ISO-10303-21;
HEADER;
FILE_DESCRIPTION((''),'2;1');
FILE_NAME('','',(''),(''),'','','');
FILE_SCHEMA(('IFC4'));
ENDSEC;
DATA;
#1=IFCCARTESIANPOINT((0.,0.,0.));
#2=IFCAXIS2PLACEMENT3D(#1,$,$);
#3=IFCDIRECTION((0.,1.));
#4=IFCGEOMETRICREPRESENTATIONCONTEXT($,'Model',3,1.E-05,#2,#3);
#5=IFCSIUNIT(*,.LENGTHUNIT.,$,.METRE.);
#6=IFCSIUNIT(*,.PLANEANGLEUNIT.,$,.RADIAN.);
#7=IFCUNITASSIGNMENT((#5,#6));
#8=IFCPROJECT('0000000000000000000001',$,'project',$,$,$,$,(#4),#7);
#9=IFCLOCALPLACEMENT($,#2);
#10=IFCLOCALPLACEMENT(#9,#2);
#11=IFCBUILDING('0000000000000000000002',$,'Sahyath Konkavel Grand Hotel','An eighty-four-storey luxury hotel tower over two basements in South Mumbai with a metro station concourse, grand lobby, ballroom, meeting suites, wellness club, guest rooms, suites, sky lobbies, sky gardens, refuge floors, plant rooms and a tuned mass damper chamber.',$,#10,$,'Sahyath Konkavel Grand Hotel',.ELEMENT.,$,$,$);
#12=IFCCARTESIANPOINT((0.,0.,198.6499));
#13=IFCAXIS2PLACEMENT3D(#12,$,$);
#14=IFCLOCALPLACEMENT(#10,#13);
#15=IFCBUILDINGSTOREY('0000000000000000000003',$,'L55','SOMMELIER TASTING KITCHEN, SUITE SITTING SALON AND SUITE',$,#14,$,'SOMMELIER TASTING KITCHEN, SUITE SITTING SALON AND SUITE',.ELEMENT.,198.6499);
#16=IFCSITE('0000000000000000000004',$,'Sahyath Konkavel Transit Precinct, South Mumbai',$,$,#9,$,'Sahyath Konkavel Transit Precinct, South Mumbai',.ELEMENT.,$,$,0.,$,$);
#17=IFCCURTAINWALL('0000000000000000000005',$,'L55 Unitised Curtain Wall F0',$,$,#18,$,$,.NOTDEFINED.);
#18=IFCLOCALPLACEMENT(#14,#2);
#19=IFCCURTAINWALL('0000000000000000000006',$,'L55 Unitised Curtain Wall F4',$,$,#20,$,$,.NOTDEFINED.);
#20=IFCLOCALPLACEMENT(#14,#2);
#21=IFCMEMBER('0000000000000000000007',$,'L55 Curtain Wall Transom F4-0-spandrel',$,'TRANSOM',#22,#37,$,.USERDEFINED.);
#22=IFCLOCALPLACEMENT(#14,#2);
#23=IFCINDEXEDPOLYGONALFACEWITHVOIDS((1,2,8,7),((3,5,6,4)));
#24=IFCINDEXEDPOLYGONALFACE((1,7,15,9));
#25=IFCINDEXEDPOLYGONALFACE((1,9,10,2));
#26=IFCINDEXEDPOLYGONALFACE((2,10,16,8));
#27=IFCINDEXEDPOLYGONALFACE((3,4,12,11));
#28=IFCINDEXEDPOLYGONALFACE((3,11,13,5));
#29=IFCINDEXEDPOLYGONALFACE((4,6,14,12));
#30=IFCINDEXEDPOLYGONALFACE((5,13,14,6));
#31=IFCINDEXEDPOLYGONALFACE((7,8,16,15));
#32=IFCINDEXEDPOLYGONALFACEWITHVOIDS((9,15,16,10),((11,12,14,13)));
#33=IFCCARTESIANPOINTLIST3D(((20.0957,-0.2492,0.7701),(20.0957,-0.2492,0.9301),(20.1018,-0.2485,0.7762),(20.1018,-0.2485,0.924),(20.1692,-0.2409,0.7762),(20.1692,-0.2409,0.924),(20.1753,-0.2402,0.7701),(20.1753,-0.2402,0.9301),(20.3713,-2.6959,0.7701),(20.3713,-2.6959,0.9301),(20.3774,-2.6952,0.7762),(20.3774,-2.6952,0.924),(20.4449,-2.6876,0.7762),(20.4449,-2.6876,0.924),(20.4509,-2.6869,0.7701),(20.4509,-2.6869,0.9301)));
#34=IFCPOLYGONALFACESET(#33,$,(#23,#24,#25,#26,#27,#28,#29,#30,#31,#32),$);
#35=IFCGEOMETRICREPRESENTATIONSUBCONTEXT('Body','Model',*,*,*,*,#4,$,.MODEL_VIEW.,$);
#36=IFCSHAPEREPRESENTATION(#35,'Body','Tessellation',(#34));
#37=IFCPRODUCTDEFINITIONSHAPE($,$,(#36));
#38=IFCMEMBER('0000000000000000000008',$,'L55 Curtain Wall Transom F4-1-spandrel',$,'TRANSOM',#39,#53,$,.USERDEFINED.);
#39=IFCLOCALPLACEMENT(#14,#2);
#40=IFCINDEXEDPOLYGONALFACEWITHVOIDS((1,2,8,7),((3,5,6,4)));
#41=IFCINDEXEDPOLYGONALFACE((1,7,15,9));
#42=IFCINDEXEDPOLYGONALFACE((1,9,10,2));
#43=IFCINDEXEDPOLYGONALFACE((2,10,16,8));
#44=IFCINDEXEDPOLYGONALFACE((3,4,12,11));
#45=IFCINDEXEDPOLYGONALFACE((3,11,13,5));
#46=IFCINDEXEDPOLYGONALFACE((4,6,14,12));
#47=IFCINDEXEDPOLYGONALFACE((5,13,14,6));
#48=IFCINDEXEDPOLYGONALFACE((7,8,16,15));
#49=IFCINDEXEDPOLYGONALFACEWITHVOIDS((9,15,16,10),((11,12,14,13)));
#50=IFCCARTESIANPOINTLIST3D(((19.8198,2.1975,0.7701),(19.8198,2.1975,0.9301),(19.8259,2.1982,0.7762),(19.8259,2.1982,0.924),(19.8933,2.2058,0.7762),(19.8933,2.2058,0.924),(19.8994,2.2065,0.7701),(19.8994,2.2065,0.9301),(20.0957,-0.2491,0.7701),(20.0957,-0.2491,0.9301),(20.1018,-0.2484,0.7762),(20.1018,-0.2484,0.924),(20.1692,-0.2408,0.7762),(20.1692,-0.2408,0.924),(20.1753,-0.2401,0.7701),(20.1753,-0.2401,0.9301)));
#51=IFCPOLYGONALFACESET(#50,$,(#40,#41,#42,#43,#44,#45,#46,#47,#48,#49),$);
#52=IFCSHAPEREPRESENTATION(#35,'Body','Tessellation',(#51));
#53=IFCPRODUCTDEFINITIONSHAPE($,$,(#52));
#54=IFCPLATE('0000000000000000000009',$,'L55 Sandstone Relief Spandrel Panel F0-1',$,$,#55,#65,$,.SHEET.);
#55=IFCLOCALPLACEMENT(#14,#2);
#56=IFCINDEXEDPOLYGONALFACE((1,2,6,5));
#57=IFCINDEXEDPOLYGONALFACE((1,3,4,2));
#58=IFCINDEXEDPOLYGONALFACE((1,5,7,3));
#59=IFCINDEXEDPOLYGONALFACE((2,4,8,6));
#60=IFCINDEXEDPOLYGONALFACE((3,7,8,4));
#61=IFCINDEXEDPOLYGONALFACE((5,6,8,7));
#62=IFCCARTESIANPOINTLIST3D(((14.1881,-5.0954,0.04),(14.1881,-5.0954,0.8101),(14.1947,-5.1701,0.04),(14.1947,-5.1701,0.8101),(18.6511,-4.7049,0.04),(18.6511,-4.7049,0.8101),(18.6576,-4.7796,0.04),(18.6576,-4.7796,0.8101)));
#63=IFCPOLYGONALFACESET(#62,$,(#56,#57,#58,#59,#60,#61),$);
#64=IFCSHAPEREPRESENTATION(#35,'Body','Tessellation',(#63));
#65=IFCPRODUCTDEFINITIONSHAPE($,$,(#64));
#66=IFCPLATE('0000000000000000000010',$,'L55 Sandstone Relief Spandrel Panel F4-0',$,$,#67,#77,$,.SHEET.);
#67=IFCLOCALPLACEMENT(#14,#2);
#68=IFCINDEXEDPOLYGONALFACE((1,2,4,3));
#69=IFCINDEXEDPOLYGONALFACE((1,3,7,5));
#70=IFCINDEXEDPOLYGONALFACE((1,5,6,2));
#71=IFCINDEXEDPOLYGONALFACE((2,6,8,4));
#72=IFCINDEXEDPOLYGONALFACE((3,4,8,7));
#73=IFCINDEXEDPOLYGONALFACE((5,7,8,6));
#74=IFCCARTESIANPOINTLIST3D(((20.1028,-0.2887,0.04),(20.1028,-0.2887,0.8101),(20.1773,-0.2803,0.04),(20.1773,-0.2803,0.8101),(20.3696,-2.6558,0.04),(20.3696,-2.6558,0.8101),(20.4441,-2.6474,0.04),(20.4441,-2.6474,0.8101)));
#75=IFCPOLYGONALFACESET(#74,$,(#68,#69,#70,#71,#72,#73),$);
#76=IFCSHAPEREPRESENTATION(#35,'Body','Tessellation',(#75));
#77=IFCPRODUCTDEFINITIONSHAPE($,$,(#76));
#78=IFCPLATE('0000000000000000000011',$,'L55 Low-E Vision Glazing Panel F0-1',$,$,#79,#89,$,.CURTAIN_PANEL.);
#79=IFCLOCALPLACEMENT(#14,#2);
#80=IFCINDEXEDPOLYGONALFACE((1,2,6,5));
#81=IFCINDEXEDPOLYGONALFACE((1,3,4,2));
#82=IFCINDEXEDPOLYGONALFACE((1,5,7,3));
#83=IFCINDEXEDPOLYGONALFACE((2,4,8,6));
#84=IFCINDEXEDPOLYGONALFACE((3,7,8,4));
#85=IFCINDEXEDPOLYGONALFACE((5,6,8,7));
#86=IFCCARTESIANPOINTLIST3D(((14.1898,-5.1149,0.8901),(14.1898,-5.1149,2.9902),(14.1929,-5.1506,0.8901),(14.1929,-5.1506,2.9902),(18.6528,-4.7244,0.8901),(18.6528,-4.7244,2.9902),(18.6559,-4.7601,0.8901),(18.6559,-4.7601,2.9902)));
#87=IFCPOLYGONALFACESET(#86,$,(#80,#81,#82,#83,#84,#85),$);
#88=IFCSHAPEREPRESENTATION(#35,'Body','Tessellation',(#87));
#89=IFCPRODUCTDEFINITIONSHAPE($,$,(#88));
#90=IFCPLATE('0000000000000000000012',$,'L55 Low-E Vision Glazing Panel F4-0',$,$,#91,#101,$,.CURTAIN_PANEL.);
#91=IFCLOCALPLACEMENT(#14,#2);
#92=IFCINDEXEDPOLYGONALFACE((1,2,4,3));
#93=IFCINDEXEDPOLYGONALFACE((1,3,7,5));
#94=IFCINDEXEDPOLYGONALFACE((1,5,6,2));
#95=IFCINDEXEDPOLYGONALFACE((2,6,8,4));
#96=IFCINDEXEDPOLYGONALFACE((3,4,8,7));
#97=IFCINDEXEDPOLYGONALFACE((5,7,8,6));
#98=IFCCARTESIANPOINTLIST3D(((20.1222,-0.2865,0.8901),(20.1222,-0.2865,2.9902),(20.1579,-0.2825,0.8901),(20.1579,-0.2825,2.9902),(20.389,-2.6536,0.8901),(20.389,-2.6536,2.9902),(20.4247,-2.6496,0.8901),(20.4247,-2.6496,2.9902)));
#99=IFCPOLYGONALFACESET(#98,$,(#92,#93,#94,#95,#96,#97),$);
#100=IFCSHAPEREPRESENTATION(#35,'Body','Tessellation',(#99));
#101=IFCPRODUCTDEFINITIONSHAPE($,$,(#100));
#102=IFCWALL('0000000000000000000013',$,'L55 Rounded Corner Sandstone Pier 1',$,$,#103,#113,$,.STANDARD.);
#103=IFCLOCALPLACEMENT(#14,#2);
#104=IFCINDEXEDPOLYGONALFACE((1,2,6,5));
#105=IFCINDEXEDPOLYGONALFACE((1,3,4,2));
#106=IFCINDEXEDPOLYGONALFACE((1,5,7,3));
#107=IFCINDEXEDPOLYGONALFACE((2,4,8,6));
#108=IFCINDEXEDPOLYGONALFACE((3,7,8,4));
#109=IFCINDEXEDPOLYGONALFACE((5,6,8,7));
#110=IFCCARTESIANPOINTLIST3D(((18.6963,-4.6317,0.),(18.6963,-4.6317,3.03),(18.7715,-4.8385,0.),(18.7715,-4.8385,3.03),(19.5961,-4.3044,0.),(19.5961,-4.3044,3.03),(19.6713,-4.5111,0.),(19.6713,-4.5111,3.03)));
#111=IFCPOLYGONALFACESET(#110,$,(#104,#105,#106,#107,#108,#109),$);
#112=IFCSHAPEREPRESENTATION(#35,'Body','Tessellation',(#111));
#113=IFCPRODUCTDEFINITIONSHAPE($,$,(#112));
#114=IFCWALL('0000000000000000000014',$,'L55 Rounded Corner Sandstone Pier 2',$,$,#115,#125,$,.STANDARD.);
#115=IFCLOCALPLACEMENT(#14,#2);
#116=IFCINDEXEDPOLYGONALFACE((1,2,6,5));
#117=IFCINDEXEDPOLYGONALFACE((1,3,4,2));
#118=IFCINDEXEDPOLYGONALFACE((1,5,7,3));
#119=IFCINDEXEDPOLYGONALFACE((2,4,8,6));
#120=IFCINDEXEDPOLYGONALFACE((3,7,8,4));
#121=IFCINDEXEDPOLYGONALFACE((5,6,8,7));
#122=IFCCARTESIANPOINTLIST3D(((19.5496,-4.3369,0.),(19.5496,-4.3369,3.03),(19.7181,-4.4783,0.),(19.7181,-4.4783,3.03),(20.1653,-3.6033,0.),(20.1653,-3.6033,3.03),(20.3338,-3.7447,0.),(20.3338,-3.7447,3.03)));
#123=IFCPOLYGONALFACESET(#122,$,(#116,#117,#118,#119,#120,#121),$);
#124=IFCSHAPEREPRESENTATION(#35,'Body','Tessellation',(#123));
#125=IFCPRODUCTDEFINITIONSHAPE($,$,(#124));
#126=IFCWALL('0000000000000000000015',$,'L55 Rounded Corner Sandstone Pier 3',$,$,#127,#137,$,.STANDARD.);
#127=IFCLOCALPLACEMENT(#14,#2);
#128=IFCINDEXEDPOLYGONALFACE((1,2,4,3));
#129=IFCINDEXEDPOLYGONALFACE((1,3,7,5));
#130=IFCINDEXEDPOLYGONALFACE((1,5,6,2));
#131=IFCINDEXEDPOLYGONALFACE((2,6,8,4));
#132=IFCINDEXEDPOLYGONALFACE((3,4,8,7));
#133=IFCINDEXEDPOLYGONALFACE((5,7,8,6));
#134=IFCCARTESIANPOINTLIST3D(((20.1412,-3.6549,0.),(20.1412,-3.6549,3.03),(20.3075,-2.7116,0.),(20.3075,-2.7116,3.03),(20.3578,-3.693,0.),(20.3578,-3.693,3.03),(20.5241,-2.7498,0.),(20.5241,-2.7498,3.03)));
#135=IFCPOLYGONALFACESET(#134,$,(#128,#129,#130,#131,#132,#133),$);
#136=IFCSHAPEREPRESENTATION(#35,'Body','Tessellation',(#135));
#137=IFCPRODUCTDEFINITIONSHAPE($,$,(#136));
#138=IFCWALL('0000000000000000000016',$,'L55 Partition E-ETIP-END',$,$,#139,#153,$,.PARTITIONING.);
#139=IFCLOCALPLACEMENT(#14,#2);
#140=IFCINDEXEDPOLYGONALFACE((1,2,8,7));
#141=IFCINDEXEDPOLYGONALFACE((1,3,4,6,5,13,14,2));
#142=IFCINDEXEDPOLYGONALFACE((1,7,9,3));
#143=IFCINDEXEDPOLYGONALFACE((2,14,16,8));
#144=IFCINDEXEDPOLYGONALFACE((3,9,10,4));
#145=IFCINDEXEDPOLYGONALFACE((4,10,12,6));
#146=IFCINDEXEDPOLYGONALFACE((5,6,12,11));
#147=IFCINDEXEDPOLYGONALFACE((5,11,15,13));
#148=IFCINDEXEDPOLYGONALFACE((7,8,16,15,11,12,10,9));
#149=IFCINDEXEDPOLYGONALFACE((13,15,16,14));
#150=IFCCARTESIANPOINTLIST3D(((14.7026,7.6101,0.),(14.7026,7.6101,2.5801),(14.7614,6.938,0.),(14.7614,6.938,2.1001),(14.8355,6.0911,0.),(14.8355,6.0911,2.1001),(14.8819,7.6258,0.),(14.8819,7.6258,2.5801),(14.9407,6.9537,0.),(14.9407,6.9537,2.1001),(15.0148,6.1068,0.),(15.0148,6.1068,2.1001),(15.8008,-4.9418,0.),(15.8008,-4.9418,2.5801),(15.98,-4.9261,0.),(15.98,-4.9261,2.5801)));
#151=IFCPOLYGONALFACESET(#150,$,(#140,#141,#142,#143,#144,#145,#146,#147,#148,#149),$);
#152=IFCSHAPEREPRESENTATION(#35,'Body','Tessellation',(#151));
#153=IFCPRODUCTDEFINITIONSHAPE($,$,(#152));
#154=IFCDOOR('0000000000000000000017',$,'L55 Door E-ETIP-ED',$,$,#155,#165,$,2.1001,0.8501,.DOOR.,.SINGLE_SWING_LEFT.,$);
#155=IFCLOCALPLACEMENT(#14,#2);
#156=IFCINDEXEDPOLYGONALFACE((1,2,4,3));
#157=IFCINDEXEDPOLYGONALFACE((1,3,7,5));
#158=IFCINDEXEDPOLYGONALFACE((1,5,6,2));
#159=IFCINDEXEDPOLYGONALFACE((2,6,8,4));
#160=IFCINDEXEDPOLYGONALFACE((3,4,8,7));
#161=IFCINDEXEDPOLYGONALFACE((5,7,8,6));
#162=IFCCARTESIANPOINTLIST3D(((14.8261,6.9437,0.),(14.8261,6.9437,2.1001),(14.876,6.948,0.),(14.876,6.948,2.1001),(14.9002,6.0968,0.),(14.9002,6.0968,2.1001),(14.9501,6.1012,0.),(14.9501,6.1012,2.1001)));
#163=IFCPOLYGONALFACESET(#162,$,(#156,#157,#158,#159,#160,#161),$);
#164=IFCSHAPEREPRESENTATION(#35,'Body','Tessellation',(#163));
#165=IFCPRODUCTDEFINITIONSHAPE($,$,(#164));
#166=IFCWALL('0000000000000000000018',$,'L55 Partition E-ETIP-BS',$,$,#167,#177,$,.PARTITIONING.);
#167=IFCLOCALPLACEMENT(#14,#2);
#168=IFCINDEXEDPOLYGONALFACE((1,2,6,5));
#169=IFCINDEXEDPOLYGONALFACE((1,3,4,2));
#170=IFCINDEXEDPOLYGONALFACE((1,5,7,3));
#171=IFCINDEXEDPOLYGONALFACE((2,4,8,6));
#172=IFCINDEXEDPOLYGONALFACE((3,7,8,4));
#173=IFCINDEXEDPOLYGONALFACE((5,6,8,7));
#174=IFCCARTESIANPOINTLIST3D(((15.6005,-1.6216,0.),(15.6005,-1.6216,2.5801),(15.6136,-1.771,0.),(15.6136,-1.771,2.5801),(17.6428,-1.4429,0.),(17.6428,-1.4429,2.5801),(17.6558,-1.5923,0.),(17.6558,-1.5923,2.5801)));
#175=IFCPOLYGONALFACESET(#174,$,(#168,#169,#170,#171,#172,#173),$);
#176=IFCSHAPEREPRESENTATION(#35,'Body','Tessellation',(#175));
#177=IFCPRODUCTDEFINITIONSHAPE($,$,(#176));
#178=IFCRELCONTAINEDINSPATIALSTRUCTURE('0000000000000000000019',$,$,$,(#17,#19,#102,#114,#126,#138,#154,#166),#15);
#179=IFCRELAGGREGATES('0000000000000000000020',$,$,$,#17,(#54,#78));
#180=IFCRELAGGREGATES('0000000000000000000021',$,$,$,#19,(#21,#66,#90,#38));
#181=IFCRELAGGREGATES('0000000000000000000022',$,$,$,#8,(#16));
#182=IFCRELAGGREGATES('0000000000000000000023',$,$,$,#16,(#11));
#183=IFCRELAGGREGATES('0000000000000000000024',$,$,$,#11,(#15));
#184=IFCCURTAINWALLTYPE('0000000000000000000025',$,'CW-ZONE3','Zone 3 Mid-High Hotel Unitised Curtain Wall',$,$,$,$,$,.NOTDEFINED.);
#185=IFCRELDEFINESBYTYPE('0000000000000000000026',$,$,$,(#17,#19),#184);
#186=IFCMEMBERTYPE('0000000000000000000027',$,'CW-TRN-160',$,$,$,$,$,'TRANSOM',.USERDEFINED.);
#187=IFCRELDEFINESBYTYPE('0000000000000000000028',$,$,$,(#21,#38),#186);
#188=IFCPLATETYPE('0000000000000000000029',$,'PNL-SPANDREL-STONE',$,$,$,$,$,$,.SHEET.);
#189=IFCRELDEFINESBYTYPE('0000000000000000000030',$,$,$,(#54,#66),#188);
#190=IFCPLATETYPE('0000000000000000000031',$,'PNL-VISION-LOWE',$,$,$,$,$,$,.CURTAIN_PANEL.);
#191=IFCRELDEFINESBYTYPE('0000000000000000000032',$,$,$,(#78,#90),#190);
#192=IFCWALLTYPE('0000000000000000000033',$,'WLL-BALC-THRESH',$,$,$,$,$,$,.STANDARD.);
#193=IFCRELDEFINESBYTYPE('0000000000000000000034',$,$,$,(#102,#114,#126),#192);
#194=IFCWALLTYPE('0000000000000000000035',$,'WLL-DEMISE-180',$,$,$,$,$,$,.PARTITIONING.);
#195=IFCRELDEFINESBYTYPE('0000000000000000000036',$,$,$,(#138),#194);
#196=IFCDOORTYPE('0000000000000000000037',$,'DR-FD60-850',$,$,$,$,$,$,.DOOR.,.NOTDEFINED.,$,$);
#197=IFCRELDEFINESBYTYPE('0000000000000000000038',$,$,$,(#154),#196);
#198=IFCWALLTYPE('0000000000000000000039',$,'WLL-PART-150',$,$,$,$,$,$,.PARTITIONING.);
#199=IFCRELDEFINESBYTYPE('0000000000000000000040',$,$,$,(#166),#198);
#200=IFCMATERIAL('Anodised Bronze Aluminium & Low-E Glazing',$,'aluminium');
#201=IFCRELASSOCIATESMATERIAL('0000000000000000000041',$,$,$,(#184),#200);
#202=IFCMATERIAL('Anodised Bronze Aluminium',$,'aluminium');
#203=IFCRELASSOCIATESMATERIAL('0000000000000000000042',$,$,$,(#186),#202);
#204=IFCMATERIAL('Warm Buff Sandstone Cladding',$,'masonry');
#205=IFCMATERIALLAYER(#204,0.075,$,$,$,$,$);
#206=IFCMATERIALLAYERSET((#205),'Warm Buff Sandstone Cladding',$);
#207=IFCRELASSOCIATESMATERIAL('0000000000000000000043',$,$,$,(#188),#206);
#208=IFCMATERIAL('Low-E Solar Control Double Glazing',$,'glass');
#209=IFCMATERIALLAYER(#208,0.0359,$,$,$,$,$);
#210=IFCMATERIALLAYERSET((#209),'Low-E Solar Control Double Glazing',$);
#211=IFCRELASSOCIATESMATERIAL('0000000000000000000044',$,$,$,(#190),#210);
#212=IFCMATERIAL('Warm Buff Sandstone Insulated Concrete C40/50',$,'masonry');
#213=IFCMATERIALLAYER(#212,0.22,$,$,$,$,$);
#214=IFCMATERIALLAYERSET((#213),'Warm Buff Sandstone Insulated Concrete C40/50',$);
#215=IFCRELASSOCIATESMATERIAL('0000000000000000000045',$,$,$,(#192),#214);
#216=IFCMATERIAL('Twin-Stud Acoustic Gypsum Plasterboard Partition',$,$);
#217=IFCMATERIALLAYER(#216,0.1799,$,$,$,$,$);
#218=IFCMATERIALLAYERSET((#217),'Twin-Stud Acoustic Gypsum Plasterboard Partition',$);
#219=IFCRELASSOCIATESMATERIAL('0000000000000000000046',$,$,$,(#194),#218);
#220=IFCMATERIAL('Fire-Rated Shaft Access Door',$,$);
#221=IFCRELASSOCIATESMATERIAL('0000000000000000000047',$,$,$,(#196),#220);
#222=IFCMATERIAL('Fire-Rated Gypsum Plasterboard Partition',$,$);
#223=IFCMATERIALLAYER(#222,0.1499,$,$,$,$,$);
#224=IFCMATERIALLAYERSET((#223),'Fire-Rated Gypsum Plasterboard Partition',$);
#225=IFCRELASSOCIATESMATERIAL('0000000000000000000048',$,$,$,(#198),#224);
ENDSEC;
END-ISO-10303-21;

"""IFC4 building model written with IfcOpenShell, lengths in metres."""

from ifc_helpers import new_model, si_unit, direction, frame, frame_2d, origin, origin_2d, place, context, subcontext, project, spatial, rectangle, hollow_rectangle, extrude, source, transform, mapped, material, layer, layer_set, material_profile, profile_set, type_object, element, fill, aggregate, save


model = new_model("IFC4")

# Units and contexts
model_context = context("Model", 3, precision=1e-05, world=origin(), true_north=direction((0.0, 1.0)))
body_context = subcontext(model_context, "Body", "Model", "MODEL_VIEW")
ifc_project = project(units=[si_unit("LENGTHUNIT", "METRE"), si_unit("PLANEANGLEUNIT", "RADIAN")], contexts=[model_context])

# Site, building, storey
site_placement = place(None, origin())
site = spatial("IfcSite", under=ifc_project, at=site_placement, Name="Sahyath Konkavel Transit Precinct, South Mumbai", LongName="Sahyath Konkavel Transit Precinct, South Mumbai", CompositionType="ELEMENT", RefElevation=0.0)
building_placement = place(site_placement, origin())
building = spatial("IfcBuilding", under=site, at=building_placement, Name="Sahyath Konkavel Grand Hotel", Description="An eighty-four-storey luxury hotel tower over two basements in South Mumbai with a metro station concourse, grand lobby, ballroom, meeting suites, wellness club, guest rooms, suites, sky lobbies, sky gardens, refuge floors, plant rooms and a tuned mass damper chamber.", LongName="Sahyath Konkavel Grand Hotel", CompositionType="ELEMENT")
storey_placement = place(building_placement, frame((0.0, 0.0, 198.6499)))
storey = spatial("IfcBuildingStorey", under=building, at=storey_placement, Name="L55", Description="SOMMELIER TASTING KITCHEN, SUITE SITTING SALON AND SUITE", LongName="SOMMELIER TASTING KITCHEN, SUITE SITTING SALON AND SUITE", CompositionType="ELEMENT", Elevation=198.6499)

# Curtain wall
ifc_material_1 = material(Name="Anodised Bronze Aluminium & Low-E Glazing", Category="aluminium")
curtain_wall_type = type_object("IfcCurtainWallType", Name="CW-ZONE3", Description="Zone 3 Mid-High Hotel Unitised Curtain Wall", PredefinedType="NOTDEFINED", material=ifc_material_1)
curtain_wall_1_placement = place(storey_placement, origin())
curtain_wall_1 = element("IfcCurtainWall", 1, at=curtain_wall_1_placement, inside=storey, type_object=curtain_wall_type, Name="L55 Unitised Curtain Wall F0", PredefinedType="NOTDEFINED")
ifc_material_2 = material(Name="Anodised Bronze Aluminium", Category="aluminium")

# Curtain wall
curtain_wall_2_placement = place(storey_placement, origin())
curtain_wall_2 = element("IfcCurtainWall", 2, at=curtain_wall_2_placement, inside=storey, type_object=curtain_wall_type, Name="L55 Unitised Curtain Wall F4", PredefinedType="NOTDEFINED")

# Members
ifc_material_profile_1 = material_profile(ifc_material_2, hollow_rectangle(XDim=0.0801, YDim=0.1599, WallThickness=0.0061, at=origin_2d()), Name="RHS 160x80x6")
ifc_profile_set_1 = profile_set([ifc_material_profile_1], Name="Anodised Bronze Aluminium")
member_type_1 = type_object("IfcMemberType", Name="CW-TRN-160", ElementType="TRANSOM", PredefinedType="USERDEFINED", material=ifc_profile_set_1)
shared_shape_1 = source(origin(), body_context, "Body", "SweptSolid", [
    extrude(hollow_rectangle(XDim=0.0801, YDim=0.1599, WallThickness=0.0061, at=origin_2d()), origin(), (0.0, 0.0, 1.0), 2.4622),
])
member_1_placement = place(storey_placement, frame((20.4111, -2.6914, 0.8501), z_axis=(-0.111944, 0.993715, 0.0), x_axis=(-0.993715, -0.111944, 0.0)))
member_1 = element("IfcMember", 3, at=member_1_placement, type_object=member_type_1, Name="L55 Curtain Wall Transom F4-0-spandrel", ObjectType="TRANSOM", PredefinedType="USERDEFINED", context=body_context, shape_type="MappedRepresentation", body=[
    mapped(shared_shape_1, transform((0.0, 0.0, 0.0), scale=1.0)),
])
member_2_placement = place(storey_placement, frame((20.1355, -0.2446, 0.8501), z_axis=(-0.112053, 0.993702, 0.0), x_axis=(-0.993702, -0.112053, 0.0)))
member_2 = element("IfcMember", 4, at=member_2_placement, type_object=member_type_1, Name="L55 Curtain Wall Transom F4-1-spandrel", ObjectType="TRANSOM", PredefinedType="USERDEFINED", context=body_context, shape_type="MappedRepresentation", body=[
    mapped(shared_shape_1, transform((0.0, 0.0, 0.0), scale=1.0)),
])

# Plates
ifc_material_3 = material(Name="Warm Buff Sandstone Cladding", Category="masonry")
ifc_layer_1 = layer(ifc_material_3, 0.075)
ifc_layer_set_1 = layer_set([ifc_layer_1], Name="Warm Buff Sandstone Cladding")
plate_type_1 = type_object("IfcPlateType", Name="PNL-SPANDREL-STONE", PredefinedType="SHEET", material=ifc_layer_set_1)
shared_shape_2 = source(origin(), body_context, "Body", "SweptSolid", [
    extrude(rectangle(XDim=4.48, YDim=0.075, at=origin_2d()), origin(), (0.0, 0.0, 1.0), 0.77),
])
plate_1_placement = place(storey_placement, frame((16.4229, -4.9375, 0.04), z_axis=(0.0, 0.0, 1.0), x_axis=(0.996195, 0.087156, 0.0)))
plate_1 = element("IfcPlate", 5, at=plate_1_placement, type_object=plate_type_1, Name="L55 Sandstone Relief Spandrel Panel F0-1", PredefinedType="SHEET", context=body_context, shape_type="MappedRepresentation", body=[
    mapped(shared_shape_2, transform((0.0, 0.0, 0.0), scale=1.0)),
])
shared_shape_3 = source(origin(), body_context, "Body", "SweptSolid", [
    extrude(rectangle(XDim=2.3821, YDim=0.075, at=origin_2d()), origin(), (0.0, 0.0, 1.0), 0.77),
])
plate_2_placement = place(storey_placement, frame((20.2734, -1.468, 0.04), z_axis=(0.0, 0.0, 1.0), x_axis=(-0.111989, 0.993709, 0.0)))
plate_2 = element("IfcPlate", 6, at=plate_2_placement, type_object=plate_type_1, Name="L55 Sandstone Relief Spandrel Panel F4-0", PredefinedType="SHEET", context=body_context, shape_type="MappedRepresentation", body=[
    mapped(shared_shape_3, transform((0.0, 0.0, 0.0), scale=1.0)),
])
ifc_material_4 = material(Name="Low-E Solar Control Double Glazing", Category="glass")
ifc_layer_2 = layer(ifc_material_4, 0.0359)
ifc_layer_set_2 = layer_set([ifc_layer_2], Name="Low-E Solar Control Double Glazing")
plate_type_2 = type_object("IfcPlateType", Name="PNL-VISION-LOWE", PredefinedType="CURTAIN_PANEL", material=ifc_layer_set_2)
shared_shape_4 = source(origin(), body_context, "Body", "SweptSolid", [
    extrude(rectangle(XDim=4.48, YDim=0.0359, at=origin_2d()), origin(), (0.0, 0.0, 1.0), 2.1001),
])
plate_3_placement = place(storey_placement, frame((16.4229, -4.9375, 0.8901), z_axis=(0.0, 0.0, 1.0), x_axis=(0.996195, 0.087156, 0.0)))
plate_3 = element("IfcPlate", 7, at=plate_3_placement, type_object=plate_type_2, Name="L55 Low-E Vision Glazing Panel F0-1", PredefinedType="CURTAIN_PANEL", context=body_context, shape_type="MappedRepresentation", body=[
    mapped(shared_shape_4, transform((0.0, 0.0, 0.0), scale=1.0)),
])
aggregate(curtain_wall_1, [plate_1, plate_3])
shared_shape_5 = source(origin(), body_context, "Body", "SweptSolid", [
    extrude(rectangle(XDim=2.3821, YDim=0.0359, at=origin_2d()), origin(), (0.0, 0.0, 1.0), 2.1001),
])
plate_4_placement = place(storey_placement, frame((20.2734, -1.468, 0.8901), z_axis=(0.0, 0.0, 1.0), x_axis=(-0.111989, 0.993709, 0.0)))
plate_4 = element("IfcPlate", 8, at=plate_4_placement, type_object=plate_type_2, Name="L55 Low-E Vision Glazing Panel F4-0", PredefinedType="CURTAIN_PANEL", context=body_context, shape_type="MappedRepresentation", body=[
    mapped(shared_shape_5, transform((0.0, 0.0, 0.0), scale=1.0)),
])
aggregate(curtain_wall_2, [member_1, plate_2, plate_4, member_2])

# Walls
ifc_material_5 = material(Name="Warm Buff Sandstone Insulated Concrete C40/50", Category="masonry")
ifc_layer_3 = layer(ifc_material_5, 0.22)
ifc_layer_set_3 = layer_set([ifc_layer_3], Name="Warm Buff Sandstone Insulated Concrete C40/50")
wall_type_1 = type_object("IfcWallType", Name="WLL-BALC-THRESH", PredefinedType="STANDARD", material=ifc_layer_set_3)
wall_1_placement = place(storey_placement, frame((18.7339, -4.7351, 0.0), z_axis=(0.0, 0.0, 1.0), x_axis=(0.939741, 0.341886, 0.0)))
element("IfcWall", 9, at=wall_1_placement, inside=storey, type_object=wall_type_1, Name="L55 Rounded Corner Sandstone Pier 1", PredefinedType="STANDARD", context=body_context, shape_type="SweptSolid", body=[
    extrude(rectangle(XDim=0.9575, YDim=0.22, at=frame_2d((0.4788, 0.0))), origin(), (0.0, 0.0, 1.0), 3.03),
])
for number, where, z_axis, x_axis, name in (
    (10, (19.6338, -4.4077, 0.0), (0.0, 0.0, 1.0), (0.642863, 0.765981, 0.0), "L55 Rounded Corner Sandstone Pier 2"),
    (11, (20.2495, -3.6741, 0.0), (0.0, 0.0, 1.0), (0.173611, 0.984814, 0.0), "L55 Rounded Corner Sandstone Pier 3"),
):
    element("IfcWall", number, at=place(storey_placement, frame(where, z_axis=z_axis, x_axis=x_axis)), inside=storey, type_object=wall_type_1, Name=name, PredefinedType="STANDARD", context=body_context, shape_type="SweptSolid", body=[
        extrude(rectangle(XDim=0.9578, YDim=0.22, at=frame_2d((0.479, 0.0))), origin(), (0.0, 0.0, 1.0), 3.03),
    ])

# Wall, opening, door
ifc_material_6 = material(Name="Twin-Stud Acoustic Gypsum Plasterboard Partition")
ifc_layer_4 = layer(ifc_material_6, 0.1799)
ifc_layer_set_4 = layer_set([ifc_layer_4], Name="Twin-Stud Acoustic Gypsum Plasterboard Partition")
wall_type_2 = type_object("IfcWallType", Name="WLL-DEMISE-180", PredefinedType="PARTITIONING", material=ifc_layer_set_4)
wall_2_placement = place(storey_placement, frame((15.8904, -4.9338, 0.0), z_axis=(0.0, 0.0, 1.0), x_axis=(-0.087155, 0.996195, 0.0)))
wall_2 = element("IfcWall", 12, at=wall_2_placement, inside=storey, type_object=wall_type_2, Name="L55 Partition E-ETIP-END", PredefinedType="PARTITIONING", context=body_context, shape_type="SweptSolid", body=[
    extrude(rectangle(XDim=12.5999, YDim=0.1799, at=frame_2d((6.2998, 0.0))), origin(), (0.0, 0.0, 1.0), 2.5801),
])
opening_1_placement = place(wall_2_placement, frame((11.075, 0.0, 0.0)))
opening_1 = element("IfcOpeningElement", 13, at=opening_1_placement, cuts=wall_2, PredefinedType="OPENING", context=body_context, shape_type="SweptSolid", body=[
    extrude(rectangle(XDim=0.8501, YDim=2.1001, at=frame_2d((0.425, 1.05))), frame((0.0, 0.1001, 0.0), z_axis=(0.0, -1.0, 0.0), x_axis=(1.0, 0.0, 0.0)), (0.0, 0.0, 1.0), 0.2),
])
ifc_material_7 = material(Name="Fire-Rated Shaft Access Door")
door_type_1 = type_object("IfcDoorType", Name="DR-FD60-850", OperationType="NOTDEFINED", PredefinedType="DOOR", material=ifc_material_7)
shared_shape_6 = source(origin(), body_context, "Body", "SweptSolid", [
    extrude(rectangle(XDim=0.8501, YDim=0.05, at=origin_2d()), origin(), (0.0, 0.0, 1.0), 2.1001),
])
door_1_placement = place(opening_1_placement, frame((0.425, 0.0, 0.0)))
door_1 = element("IfcDoor", 14, at=door_1_placement, inside=storey, type_object=door_type_1, Name="L55 Door E-ETIP-ED", OperationType="SINGLE_SWING_LEFT", OverallHeight=2.1001, OverallWidth=0.8501, PredefinedType="DOOR", context=body_context, shape_type="MappedRepresentation", body=[
    mapped(shared_shape_6, transform((0.0, 0.0, 0.0), scale=1.0)),
])
fill(opening_1, door_1)

# Wall
ifc_material_8 = material(Name="Fire-Rated Gypsum Plasterboard Partition")
ifc_layer_5 = layer(ifc_material_8, 0.1499)
ifc_layer_set_5 = layer_set([ifc_layer_5], Name="Fire-Rated Gypsum Plasterboard Partition")
wall_type_3 = type_object("IfcWallType", Name="WLL-PART-150", PredefinedType="PARTITIONING", material=ifc_layer_set_5)
wall_3_placement = place(storey_placement, frame((15.6072, -1.6963, 0.0), z_axis=(0.0, 0.0, 1.0), x_axis=(0.996193, 0.087174, 0.0)))
element("IfcWall", 15, at=wall_3_placement, inside=storey, type_object=wall_type_3, Name="L55 Partition E-ETIP-BS", PredefinedType="PARTITIONING", context=body_context, shape_type="SweptSolid", body=[
    extrude(rectangle(XDim=2.05, YDim=0.1499, at=frame_2d((1.0249, 0.0))), origin(), (0.0, 0.0, 1.0), 2.5801),
])

save(model, "model.ifc")
